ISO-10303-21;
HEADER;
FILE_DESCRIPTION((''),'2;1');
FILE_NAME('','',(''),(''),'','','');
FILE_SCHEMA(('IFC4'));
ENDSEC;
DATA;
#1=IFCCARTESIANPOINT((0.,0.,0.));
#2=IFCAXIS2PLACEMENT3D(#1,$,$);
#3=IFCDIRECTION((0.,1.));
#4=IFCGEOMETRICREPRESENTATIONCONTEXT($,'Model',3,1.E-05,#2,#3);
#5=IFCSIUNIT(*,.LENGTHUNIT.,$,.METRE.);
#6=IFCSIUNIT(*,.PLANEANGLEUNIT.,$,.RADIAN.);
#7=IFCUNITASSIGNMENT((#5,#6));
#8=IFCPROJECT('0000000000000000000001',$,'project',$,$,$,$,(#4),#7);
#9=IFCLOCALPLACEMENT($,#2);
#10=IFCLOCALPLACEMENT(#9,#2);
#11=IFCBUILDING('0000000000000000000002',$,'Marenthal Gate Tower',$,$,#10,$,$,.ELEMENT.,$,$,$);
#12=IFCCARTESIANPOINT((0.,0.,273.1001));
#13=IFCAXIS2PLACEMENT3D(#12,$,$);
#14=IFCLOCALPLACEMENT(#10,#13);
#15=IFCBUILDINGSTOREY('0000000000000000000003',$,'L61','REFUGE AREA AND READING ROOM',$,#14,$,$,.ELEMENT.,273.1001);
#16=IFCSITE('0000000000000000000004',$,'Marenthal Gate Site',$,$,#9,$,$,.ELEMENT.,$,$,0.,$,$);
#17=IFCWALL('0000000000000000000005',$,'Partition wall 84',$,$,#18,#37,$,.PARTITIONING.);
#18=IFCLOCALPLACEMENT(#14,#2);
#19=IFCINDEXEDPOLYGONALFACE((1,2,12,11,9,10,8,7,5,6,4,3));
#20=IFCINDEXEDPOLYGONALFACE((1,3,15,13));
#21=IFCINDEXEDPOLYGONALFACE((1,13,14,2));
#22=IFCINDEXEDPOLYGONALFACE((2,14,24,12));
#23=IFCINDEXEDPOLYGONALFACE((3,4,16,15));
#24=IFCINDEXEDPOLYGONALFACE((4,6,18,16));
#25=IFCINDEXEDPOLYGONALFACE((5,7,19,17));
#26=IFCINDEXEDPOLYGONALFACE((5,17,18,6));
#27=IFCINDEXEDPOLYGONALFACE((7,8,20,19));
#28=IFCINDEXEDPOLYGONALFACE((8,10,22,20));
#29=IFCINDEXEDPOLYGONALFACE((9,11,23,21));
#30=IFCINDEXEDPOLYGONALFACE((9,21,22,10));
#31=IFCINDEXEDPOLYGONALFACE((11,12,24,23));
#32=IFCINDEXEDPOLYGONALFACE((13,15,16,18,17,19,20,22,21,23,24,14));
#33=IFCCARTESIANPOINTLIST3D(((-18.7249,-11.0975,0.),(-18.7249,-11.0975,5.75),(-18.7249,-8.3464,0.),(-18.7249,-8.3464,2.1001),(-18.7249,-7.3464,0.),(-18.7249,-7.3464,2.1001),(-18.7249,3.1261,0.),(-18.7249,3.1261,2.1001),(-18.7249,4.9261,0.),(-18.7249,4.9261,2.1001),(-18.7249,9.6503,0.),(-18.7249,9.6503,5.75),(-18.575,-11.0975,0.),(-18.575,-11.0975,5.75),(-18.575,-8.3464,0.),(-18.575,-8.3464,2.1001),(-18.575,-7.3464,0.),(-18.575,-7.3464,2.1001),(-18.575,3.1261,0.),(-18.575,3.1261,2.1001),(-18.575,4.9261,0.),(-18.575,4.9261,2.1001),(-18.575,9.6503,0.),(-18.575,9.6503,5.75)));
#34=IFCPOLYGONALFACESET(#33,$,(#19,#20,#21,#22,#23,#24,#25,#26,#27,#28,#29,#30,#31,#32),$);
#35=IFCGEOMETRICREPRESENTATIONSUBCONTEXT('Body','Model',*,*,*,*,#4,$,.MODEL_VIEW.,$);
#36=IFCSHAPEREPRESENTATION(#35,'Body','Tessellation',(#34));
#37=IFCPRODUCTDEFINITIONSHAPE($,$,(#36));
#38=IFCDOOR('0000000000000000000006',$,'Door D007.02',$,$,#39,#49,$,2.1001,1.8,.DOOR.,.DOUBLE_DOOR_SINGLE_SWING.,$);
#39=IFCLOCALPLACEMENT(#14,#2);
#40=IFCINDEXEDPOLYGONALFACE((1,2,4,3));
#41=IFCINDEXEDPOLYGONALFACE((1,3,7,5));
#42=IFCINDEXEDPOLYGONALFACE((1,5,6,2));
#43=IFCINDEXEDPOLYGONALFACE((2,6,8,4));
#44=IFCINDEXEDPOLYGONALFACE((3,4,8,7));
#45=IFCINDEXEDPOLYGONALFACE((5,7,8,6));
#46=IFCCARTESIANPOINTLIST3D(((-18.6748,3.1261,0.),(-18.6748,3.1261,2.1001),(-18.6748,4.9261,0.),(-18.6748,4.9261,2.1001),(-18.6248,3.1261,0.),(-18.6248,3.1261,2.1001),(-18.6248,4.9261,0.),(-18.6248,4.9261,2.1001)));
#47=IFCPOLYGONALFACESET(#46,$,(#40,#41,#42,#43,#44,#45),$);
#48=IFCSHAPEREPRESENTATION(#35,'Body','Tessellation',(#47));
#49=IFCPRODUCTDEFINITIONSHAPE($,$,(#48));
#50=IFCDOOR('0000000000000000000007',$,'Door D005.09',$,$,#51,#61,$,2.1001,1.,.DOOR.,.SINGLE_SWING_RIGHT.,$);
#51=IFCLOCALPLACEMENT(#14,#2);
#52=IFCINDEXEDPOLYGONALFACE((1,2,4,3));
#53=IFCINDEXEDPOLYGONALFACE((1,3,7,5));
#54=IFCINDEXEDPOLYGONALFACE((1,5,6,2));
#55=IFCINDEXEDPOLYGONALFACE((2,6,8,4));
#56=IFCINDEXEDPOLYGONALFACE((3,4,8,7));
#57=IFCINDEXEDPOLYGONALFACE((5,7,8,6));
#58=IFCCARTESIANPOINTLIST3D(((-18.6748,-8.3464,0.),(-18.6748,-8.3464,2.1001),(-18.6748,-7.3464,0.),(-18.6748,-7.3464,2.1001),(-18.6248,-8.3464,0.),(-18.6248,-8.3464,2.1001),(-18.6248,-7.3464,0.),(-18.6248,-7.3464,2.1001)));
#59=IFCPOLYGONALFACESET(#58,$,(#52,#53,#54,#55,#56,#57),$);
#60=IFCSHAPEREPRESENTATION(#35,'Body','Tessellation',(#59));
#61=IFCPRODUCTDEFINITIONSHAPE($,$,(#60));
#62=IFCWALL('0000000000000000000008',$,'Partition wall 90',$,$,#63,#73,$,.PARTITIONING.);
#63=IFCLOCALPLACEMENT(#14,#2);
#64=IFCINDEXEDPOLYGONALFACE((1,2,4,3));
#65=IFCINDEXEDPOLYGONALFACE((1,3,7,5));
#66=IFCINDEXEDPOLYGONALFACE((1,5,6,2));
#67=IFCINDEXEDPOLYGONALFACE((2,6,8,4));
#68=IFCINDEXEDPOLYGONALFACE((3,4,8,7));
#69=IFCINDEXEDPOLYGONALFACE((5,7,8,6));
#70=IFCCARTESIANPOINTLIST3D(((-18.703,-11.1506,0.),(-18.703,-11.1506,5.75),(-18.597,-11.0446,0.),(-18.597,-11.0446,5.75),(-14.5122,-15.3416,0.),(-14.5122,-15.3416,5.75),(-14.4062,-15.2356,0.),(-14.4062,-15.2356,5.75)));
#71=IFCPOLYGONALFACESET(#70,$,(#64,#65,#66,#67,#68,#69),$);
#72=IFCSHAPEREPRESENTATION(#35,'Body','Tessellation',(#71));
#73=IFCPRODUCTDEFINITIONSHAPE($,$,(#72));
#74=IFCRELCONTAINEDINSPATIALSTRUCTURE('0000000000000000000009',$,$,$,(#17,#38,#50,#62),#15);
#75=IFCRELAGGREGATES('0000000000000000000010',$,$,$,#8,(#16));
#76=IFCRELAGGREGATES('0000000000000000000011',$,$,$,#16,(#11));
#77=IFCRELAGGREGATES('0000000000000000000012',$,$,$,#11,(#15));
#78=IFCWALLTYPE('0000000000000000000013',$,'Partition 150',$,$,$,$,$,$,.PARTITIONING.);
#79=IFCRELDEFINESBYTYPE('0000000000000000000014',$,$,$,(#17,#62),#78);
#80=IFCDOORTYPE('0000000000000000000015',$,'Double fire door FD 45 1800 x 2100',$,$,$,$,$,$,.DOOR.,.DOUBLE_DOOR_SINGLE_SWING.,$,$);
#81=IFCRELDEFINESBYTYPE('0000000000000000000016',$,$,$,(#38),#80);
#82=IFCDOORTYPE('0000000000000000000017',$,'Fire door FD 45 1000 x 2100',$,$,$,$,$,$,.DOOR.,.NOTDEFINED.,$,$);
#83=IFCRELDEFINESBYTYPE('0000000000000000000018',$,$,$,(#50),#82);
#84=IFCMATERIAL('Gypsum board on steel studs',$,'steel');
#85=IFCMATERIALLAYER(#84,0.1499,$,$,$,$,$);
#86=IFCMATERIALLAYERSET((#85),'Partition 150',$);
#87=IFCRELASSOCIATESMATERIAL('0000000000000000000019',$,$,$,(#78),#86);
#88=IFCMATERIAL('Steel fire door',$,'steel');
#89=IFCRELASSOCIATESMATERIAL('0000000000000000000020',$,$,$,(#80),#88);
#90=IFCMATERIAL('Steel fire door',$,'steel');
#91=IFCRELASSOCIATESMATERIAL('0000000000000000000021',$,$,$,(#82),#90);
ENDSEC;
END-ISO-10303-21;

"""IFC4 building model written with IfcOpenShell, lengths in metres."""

from ifc_helpers import new_model, si_unit, direction, frame, frame_2d, origin, place, context, subcontext, project, spatial, rectangle, extrude, material, layer, layer_set, type_object, element, fill, save


model = new_model("IFC4")

# Units and contexts
model_context = context("Model", 3, precision=1e-05, world=origin(), true_north=direction((0.0, 1.0)))
body_context = subcontext(model_context, "Body", "Model", "MODEL_VIEW")
ifc_project = project(units=[si_unit("LENGTHUNIT", "METRE"), si_unit("PLANEANGLEUNIT", "RADIAN")], contexts=[model_context])

# Site, building, storey
site_placement = place(None, origin())
site = spatial("IfcSite", under=ifc_project, at=site_placement, Name="Marenthal Gate Site", CompositionType="ELEMENT", RefElevation=0.0)
building_placement = place(site_placement, origin())
building = spatial("IfcBuilding", under=site, at=building_placement, Name="Marenthal Gate Tower", CompositionType="ELEMENT")
storey_placement = place(building_placement, frame((0.0, 0.0, 273.1001)))
storey = spatial("IfcBuildingStorey", under=building, at=storey_placement, Name="L61", Description="REFUGE AREA AND READING ROOM", CompositionType="ELEMENT", Elevation=273.1001)

# Shared definitions
ifc_material_1 = material(Name="Gypsum board on steel studs", Category="steel")
ifc_layer_1 = layer(ifc_material_1, 0.1499)
ifc_layer_set_1 = layer_set([ifc_layer_1], Name="Partition 150")
wall_type_1 = type_object("IfcWallType", Name="Partition 150", PredefinedType="PARTITIONING", material=ifc_layer_set_1)

# Wall, openings, doors
wall_1_placement = place(storey_placement, frame((-18.6499, -11.0977, 0.0), z_axis=(0.0, 0.0, 1.0), x_axis=(0.0, 1.0, 0.0)))
wall_1 = element("IfcWall", 1, at=wall_1_placement, inside=storey, type_object=wall_type_1, Name="Partition wall 84", PredefinedType="PARTITIONING", context=body_context, shape_type="SweptSolid", body=[
    extrude(rectangle(XDim=20.7478, YDim=0.1499, at=frame_2d((10.374, 0.0))), origin(), (0.0, 0.0, 1.0), 5.75),
])
opening_1_placement = place(wall_1_placement, frame((14.2239, 0.0, 0.0)))
opening_1 = element("IfcOpeningElement", 2, at=opening_1_placement, cuts=wall_1, PredefinedType="OPENING", context=body_context, shape_type="SweptSolid", body=[
    extrude(rectangle(XDim=1.8, YDim=2.1001, at=frame_2d((0.8999, 1.05))), frame((0.0, 0.085, 0.0), z_axis=(0.0, -1.0, 0.0), x_axis=(1.0, 0.0, 0.0)), (0.0, 0.0, 1.0), 0.1699),
])
opening_2_placement = place(wall_1_placement, frame((2.7512, 0.0, 0.0)))
opening_2 = element("IfcOpeningElement", 3, at=opening_2_placement, cuts=wall_1, PredefinedType="OPENING", context=body_context, shape_type="SweptSolid", body=[
    extrude(rectangle(XDim=1.0, YDim=2.1001, at=frame_2d((0.5, 1.05))), frame((0.0, 0.085, 0.0), z_axis=(0.0, -1.0, 0.0), x_axis=(1.0, 0.0, 0.0)), (0.0, 0.0, 1.0), 0.1699),
])
ifc_material_2 = material(Name="Steel fire door", Category="steel")
door_type_1 = type_object("IfcDoorType", Name="Double fire door FD 45 1800 x 2100", OperationType="DOUBLE_DOOR_SINGLE_SWING", PredefinedType="DOOR", material=ifc_material_2)
door_1_placement = place(opening_1_placement, origin())
door_1 = element("IfcDoor", 4, at=door_1_placement, inside=storey, type_object=door_type_1, Name="Door D007.02", OperationType="DOUBLE_DOOR_SINGLE_SWING", OverallHeight=2.1001, OverallWidth=1.8, PredefinedType="DOOR", context=body_context, shape_type="SweptSolid", body=[
    extrude(rectangle(XDim=1.8, YDim=2.1001, at=frame_2d((0.8999, 1.05))), frame((0.0, 0.0249, 0.0), z_axis=(0.0, -1.0, 0.0), x_axis=(1.0, 0.0, 0.0)), (0.0, 0.0, 1.0), 0.05),
])
fill(opening_1, door_1)
ifc_material_3 = material(Name="Steel fire door", Category="steel")
door_type_2 = type_object("IfcDoorType", Name="Fire door FD 45 1000 x 2100", OperationType="NOTDEFINED", PredefinedType="DOOR", material=ifc_material_3)
door_2_placement = place(opening_2_placement, origin())
door_2 = element("IfcDoor", 5, at=door_2_placement, inside=storey, type_object=door_type_2, Name="Door D005.09", OperationType="SINGLE_SWING_RIGHT", OverallHeight=2.1001, OverallWidth=1.0, PredefinedType="DOOR", context=body_context, shape_type="SweptSolid", body=[
    extrude(rectangle(XDim=1.0, YDim=2.1001, at=frame_2d((0.5, 1.05))), frame((0.0, 0.0249, 0.0), z_axis=(0.0, -1.0, 0.0), x_axis=(1.0, 0.0, 0.0)), (0.0, 0.0, 1.0), 0.05),
])
fill(opening_2, door_2)

# Wall
wall_2_placement = place(storey_placement, frame((-14.4592, -15.2886, 0.0), z_axis=(0.0, 0.0, 1.0), x_axis=(-0.707086, 0.707127, 0.0)))
element("IfcWall", 6, at=wall_2_placement, inside=storey, type_object=wall_type_1, Name="Partition wall 90", PredefinedType="PARTITIONING", context=body_context, shape_type="SweptSolid", body=[
    extrude(rectangle(XDim=5.9268, YDim=0.1499, at=frame_2d((2.9634, 0.0))), origin(), (0.0, 0.0, 1.0), 5.75),
])

save(model, "model.ifc")
